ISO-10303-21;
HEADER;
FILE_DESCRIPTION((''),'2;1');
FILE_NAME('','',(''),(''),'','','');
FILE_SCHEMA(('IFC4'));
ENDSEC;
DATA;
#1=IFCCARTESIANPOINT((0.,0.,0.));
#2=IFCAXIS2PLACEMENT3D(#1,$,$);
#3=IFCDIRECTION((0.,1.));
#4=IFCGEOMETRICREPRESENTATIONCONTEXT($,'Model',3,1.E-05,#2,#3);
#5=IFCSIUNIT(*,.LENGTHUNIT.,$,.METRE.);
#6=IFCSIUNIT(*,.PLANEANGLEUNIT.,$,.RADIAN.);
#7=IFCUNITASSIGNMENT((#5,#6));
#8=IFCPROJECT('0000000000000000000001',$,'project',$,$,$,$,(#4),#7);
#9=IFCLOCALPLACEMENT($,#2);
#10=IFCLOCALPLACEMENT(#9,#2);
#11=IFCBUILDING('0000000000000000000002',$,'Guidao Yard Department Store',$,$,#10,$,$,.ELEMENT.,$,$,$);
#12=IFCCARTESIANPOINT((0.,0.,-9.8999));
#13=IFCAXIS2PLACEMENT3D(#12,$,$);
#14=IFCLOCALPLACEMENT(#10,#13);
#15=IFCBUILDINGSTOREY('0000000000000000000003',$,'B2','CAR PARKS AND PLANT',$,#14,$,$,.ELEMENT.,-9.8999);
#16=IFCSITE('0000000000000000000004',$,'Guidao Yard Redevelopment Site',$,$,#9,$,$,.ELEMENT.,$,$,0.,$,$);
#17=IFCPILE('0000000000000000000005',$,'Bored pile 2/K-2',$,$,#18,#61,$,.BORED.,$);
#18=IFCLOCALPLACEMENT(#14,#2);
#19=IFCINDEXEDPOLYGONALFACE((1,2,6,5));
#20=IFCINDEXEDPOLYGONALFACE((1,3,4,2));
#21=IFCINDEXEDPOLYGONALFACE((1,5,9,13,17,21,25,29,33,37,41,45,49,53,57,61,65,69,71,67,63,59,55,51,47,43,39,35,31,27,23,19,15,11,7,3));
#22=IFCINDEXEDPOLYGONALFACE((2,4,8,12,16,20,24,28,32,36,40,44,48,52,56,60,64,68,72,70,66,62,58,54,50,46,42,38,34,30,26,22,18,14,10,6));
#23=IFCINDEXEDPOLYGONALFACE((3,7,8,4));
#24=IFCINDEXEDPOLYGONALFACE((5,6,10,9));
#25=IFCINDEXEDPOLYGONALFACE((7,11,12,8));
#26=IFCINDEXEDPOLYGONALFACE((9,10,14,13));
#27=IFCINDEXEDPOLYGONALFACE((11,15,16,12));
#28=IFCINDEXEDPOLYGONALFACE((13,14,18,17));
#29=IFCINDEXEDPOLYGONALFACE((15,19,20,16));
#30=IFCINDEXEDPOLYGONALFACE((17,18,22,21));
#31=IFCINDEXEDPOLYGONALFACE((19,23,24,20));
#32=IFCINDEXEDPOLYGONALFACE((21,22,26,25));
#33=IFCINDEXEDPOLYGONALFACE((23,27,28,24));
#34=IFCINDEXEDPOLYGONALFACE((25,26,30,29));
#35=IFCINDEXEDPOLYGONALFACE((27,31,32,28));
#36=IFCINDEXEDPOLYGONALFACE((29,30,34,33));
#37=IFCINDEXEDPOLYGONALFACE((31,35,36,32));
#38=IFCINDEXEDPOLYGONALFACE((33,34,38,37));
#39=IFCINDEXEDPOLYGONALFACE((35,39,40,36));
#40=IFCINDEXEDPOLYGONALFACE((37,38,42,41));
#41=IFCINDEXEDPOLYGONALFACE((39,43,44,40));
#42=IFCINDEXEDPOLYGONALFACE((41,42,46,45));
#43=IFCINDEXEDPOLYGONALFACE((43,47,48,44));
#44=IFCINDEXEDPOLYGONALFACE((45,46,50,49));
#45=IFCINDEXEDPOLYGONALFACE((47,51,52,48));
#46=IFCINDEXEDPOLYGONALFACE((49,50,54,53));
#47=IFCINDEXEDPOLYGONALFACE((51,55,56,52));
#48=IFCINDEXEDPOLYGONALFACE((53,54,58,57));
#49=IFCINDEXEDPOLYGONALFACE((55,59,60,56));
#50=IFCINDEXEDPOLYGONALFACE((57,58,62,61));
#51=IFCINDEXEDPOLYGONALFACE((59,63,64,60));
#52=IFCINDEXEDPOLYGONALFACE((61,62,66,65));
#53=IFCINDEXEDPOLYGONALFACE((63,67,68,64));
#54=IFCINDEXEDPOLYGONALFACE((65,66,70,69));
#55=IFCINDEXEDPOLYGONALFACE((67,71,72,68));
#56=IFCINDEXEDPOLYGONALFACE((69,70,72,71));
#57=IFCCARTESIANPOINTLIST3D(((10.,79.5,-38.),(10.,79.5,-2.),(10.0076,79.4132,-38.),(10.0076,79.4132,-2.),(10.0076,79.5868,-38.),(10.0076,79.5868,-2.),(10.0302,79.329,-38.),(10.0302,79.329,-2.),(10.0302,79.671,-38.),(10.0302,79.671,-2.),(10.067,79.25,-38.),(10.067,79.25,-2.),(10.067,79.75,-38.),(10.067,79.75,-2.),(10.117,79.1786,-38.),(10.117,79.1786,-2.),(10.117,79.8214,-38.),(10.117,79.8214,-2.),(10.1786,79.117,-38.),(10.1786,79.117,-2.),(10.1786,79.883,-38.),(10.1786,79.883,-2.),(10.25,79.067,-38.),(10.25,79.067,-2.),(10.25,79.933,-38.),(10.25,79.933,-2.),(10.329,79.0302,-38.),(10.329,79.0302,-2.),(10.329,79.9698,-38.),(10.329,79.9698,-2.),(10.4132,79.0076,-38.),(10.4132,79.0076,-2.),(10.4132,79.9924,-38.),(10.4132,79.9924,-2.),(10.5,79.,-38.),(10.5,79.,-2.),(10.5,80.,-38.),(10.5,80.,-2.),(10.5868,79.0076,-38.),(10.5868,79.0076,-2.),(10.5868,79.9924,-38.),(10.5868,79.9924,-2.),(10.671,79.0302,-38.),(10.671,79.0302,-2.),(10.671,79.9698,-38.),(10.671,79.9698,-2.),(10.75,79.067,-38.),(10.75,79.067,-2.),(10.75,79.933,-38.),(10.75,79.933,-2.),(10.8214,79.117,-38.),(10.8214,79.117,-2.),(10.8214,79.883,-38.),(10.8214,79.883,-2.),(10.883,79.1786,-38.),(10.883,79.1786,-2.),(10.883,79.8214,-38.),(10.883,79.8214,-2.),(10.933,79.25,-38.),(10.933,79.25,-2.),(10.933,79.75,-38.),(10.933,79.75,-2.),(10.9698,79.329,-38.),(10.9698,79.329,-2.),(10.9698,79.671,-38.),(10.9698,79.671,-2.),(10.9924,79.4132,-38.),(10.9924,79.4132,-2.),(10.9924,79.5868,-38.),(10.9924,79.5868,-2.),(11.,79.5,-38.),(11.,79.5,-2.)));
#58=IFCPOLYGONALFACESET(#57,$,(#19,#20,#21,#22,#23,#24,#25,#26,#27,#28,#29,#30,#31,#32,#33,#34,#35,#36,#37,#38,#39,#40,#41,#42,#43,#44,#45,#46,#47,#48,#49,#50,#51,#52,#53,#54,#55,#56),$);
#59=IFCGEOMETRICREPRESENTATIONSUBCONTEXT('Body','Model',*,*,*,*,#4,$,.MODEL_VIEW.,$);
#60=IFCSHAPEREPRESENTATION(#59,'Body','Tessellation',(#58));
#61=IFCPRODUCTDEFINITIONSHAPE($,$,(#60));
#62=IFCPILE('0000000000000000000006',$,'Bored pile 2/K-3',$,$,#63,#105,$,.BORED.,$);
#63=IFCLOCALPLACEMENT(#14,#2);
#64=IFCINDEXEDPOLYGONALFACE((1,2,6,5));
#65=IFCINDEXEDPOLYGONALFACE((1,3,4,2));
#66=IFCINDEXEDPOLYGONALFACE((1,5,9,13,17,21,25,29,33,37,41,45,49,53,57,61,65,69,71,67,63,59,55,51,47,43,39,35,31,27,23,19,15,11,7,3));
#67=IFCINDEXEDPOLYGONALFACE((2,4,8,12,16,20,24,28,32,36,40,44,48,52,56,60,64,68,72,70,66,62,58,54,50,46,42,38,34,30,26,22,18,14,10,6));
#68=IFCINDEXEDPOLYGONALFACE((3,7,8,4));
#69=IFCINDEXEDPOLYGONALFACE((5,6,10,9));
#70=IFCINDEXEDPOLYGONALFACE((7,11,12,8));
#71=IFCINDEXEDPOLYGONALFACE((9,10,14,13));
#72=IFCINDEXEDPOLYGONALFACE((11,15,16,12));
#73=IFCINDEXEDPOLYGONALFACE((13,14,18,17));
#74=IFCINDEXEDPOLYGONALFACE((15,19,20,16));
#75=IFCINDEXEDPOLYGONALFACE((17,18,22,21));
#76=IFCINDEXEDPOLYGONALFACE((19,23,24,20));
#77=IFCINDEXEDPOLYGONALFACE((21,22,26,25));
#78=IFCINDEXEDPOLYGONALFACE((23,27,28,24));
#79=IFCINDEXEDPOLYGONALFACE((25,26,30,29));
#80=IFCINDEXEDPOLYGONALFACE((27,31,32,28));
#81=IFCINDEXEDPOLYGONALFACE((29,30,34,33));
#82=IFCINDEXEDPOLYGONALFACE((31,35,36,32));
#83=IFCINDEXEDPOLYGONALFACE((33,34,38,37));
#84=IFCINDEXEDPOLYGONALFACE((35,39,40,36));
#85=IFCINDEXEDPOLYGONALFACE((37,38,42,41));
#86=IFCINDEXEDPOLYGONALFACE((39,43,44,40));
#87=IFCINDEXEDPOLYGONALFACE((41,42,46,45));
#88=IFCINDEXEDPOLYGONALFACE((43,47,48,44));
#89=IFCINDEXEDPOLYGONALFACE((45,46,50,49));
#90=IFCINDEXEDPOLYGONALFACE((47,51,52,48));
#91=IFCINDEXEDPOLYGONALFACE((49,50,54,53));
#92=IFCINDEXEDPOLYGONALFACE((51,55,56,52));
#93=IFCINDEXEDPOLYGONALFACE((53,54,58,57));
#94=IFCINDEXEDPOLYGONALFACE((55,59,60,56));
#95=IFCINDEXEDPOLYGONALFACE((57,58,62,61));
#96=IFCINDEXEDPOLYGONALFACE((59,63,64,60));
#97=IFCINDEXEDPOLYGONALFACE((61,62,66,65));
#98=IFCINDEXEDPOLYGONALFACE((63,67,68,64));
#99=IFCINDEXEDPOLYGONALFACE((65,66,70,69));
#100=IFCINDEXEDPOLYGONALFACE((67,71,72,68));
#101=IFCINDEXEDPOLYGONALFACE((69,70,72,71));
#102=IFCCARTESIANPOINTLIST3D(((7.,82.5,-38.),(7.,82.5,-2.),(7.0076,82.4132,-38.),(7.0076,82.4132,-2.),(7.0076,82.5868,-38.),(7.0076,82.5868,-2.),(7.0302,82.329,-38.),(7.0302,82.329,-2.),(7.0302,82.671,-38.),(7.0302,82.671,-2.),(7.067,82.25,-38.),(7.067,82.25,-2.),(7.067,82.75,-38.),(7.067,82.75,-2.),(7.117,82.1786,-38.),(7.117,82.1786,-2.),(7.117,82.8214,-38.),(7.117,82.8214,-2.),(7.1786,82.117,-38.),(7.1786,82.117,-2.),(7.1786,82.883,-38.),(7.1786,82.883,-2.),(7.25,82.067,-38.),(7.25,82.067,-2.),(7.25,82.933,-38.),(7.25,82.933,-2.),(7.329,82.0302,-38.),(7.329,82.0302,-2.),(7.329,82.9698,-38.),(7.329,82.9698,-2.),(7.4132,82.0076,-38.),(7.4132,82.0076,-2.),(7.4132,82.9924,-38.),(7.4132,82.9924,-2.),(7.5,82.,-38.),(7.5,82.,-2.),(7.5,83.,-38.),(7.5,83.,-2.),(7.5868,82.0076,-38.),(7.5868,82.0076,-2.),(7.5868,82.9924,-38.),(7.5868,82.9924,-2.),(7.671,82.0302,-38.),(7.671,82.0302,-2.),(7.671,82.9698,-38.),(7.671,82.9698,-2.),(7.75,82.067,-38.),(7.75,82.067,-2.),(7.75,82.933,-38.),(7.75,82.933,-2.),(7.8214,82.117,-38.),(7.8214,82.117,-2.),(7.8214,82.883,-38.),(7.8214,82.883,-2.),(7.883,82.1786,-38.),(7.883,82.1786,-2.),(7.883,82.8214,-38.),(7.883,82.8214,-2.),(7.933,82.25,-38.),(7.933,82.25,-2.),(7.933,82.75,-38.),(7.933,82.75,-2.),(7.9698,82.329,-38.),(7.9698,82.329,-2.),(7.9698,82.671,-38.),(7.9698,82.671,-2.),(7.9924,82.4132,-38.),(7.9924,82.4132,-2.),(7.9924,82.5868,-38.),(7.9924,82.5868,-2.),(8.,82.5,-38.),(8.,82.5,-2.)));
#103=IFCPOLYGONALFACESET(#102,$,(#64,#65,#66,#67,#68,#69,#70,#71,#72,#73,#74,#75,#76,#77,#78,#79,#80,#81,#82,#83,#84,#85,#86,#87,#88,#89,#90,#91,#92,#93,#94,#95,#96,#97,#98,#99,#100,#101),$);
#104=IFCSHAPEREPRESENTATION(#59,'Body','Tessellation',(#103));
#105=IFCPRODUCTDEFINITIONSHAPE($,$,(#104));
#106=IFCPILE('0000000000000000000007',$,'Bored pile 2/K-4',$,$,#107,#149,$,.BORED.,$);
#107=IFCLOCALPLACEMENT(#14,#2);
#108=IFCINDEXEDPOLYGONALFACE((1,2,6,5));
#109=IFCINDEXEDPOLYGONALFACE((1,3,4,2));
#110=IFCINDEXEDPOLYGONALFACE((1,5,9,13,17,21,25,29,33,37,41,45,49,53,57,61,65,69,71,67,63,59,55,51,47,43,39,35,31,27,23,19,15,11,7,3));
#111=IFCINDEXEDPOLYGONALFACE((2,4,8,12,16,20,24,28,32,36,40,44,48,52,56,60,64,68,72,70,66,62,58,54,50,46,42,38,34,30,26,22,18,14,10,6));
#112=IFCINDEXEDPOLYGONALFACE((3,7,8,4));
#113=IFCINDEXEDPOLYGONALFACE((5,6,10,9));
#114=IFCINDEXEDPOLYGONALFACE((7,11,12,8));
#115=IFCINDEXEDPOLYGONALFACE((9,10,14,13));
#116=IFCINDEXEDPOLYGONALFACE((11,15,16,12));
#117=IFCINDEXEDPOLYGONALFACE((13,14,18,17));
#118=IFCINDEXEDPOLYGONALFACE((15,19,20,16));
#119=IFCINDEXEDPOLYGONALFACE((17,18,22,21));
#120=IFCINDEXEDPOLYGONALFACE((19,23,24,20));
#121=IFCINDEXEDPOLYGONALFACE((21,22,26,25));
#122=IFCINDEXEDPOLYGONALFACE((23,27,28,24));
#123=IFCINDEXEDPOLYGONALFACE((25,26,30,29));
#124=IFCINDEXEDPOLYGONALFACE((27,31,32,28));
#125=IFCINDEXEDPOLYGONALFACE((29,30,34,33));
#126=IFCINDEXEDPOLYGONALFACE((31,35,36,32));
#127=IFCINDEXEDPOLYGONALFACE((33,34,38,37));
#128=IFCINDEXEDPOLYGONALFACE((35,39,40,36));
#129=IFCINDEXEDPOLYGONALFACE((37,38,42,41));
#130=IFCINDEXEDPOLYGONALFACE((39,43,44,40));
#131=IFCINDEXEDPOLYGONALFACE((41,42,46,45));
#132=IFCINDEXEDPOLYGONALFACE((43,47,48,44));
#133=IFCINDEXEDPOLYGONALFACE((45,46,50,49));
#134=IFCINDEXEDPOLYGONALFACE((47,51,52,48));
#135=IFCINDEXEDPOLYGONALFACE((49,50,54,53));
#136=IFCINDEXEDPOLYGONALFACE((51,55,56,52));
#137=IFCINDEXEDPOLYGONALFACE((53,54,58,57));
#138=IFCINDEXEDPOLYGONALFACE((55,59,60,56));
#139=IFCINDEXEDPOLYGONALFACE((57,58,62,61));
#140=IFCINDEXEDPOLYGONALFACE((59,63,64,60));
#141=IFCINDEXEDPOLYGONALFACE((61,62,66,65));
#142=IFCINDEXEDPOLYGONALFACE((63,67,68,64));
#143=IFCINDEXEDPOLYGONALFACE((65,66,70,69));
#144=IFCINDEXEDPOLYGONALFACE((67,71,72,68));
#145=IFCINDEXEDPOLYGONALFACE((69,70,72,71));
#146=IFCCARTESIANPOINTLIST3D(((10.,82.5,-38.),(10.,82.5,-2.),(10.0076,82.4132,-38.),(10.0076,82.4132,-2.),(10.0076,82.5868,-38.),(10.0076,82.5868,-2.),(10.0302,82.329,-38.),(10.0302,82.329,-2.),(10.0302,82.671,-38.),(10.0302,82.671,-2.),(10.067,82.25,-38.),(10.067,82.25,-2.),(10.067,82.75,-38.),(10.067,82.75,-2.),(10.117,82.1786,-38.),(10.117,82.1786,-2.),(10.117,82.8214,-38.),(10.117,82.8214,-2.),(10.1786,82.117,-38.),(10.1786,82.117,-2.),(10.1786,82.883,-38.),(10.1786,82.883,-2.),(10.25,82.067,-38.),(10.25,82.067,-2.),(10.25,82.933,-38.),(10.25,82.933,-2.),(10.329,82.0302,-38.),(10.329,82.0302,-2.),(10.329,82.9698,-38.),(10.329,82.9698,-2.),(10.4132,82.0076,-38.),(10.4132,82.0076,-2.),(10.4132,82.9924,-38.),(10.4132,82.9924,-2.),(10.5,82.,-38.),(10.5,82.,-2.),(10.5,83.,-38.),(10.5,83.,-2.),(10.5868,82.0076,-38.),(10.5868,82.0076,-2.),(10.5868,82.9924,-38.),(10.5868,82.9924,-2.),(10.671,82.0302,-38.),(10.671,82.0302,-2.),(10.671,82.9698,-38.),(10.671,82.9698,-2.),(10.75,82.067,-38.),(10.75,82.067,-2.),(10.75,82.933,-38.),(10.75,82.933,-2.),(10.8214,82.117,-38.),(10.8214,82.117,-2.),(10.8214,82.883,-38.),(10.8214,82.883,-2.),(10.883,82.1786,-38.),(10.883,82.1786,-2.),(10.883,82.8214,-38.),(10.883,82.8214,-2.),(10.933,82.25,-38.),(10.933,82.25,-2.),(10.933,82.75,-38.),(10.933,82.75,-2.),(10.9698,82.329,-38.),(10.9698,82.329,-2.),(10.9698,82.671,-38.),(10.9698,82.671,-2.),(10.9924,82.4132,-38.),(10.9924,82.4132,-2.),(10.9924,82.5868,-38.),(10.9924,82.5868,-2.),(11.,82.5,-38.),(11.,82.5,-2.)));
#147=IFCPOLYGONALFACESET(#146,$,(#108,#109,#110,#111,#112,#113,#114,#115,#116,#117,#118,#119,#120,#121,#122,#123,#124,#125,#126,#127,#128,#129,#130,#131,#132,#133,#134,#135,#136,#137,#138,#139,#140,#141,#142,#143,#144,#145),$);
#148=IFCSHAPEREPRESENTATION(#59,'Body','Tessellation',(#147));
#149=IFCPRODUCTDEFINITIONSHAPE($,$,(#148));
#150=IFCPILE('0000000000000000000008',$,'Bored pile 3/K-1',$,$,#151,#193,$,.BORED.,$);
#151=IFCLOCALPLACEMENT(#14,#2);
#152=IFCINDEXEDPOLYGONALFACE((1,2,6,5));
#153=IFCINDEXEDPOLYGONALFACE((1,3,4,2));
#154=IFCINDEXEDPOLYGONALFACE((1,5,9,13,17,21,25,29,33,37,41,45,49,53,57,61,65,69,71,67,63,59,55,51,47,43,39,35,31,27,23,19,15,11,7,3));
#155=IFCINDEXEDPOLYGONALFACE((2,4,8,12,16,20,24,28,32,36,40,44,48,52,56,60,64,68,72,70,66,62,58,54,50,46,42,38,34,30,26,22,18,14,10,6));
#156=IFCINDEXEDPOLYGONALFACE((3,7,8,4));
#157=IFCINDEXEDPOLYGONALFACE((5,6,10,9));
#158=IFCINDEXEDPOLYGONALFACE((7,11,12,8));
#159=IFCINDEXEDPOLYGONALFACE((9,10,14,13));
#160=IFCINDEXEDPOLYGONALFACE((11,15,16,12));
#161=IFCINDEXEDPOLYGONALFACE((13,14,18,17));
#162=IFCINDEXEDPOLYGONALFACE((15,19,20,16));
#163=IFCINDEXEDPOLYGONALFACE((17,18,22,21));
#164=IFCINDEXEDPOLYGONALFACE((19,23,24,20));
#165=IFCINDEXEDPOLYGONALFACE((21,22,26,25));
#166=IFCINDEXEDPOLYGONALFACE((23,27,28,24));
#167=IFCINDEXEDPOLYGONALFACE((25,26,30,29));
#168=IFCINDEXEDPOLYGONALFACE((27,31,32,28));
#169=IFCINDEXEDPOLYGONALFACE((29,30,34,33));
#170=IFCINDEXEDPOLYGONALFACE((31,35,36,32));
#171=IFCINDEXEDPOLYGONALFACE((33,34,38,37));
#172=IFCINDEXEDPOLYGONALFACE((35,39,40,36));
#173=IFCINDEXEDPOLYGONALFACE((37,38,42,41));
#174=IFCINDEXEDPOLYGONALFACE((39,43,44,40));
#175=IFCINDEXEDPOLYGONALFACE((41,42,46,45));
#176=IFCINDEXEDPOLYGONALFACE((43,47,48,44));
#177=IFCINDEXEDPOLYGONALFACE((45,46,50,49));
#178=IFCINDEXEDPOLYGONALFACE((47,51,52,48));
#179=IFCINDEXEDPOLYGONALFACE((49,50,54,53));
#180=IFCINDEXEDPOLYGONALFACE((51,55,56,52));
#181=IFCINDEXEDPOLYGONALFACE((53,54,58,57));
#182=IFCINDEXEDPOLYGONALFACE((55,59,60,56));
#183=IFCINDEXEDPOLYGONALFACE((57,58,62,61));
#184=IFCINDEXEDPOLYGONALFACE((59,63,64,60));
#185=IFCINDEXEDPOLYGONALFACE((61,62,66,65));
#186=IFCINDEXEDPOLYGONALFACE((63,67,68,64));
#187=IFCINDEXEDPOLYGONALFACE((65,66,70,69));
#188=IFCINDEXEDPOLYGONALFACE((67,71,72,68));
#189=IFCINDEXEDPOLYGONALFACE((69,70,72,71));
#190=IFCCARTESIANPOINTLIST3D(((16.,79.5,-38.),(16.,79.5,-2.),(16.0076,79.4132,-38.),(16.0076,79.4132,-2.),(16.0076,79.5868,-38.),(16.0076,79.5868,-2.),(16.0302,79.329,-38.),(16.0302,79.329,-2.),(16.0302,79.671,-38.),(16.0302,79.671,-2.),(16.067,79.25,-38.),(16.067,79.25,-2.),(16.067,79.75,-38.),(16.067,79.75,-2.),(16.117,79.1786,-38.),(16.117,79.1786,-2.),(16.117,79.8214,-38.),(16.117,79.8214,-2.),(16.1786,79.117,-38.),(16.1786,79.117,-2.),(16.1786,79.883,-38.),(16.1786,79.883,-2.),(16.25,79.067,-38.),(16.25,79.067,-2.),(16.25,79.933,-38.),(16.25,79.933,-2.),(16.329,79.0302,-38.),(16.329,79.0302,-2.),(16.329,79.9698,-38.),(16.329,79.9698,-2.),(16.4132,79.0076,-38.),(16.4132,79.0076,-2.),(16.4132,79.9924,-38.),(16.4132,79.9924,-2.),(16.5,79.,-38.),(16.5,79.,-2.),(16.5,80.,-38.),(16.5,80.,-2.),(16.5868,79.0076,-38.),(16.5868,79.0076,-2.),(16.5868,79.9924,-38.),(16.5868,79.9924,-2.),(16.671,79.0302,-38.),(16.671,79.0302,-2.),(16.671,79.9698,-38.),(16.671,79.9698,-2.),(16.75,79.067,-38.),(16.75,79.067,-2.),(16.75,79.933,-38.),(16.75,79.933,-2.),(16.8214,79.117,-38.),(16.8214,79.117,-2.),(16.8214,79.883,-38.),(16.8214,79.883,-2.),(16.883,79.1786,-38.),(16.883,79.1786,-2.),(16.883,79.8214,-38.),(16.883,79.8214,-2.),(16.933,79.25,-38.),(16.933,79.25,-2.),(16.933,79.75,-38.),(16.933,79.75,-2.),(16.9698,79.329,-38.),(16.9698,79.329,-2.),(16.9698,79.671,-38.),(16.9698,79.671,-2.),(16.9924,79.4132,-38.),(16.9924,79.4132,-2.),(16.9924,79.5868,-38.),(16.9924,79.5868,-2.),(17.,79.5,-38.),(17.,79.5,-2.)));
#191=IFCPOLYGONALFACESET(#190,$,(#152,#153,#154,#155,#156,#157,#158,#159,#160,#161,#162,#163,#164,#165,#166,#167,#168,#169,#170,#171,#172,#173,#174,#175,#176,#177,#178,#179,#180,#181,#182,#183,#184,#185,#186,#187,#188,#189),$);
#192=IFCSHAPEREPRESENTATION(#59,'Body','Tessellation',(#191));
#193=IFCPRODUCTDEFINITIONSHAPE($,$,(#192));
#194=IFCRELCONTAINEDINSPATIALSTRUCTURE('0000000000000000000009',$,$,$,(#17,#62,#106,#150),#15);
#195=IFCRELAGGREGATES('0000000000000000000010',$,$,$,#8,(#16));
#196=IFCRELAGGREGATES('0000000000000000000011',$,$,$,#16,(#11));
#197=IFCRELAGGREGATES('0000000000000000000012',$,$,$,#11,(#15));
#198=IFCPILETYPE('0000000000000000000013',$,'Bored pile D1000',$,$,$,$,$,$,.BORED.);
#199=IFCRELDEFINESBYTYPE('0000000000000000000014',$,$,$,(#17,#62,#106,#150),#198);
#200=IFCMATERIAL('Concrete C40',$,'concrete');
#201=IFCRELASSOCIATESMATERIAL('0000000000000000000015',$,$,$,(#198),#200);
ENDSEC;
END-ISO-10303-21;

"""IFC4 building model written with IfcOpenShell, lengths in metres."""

from ifc_helpers import new_model, si_unit, direction, frame, origin, origin_2d, place, context, subcontext, project, spatial, circle, extrude, material, material_profile, profile_set, type_object, element, save


model = new_model("IFC4")

# Units and contexts
model_context = context("Model", 3, precision=1e-05, world=origin(), true_north=direction((0.0, 1.0)))
body_context = subcontext(model_context, "Body", "Model", "MODEL_VIEW")
ifc_project = project(units=[si_unit("LENGTHUNIT", "METRE"), si_unit("PLANEANGLEUNIT", "RADIAN")], contexts=[model_context])

# Site, building, storey
site_placement = place(None, origin())
site = spatial("IfcSite", under=ifc_project, at=site_placement, Name="Guidao Yard Redevelopment Site", CompositionType="ELEMENT", RefElevation=0.0)
building_placement = place(site_placement, origin())
building = spatial("IfcBuilding", under=site, at=building_placement, Name="Guidao Yard Department Store", CompositionType="ELEMENT")
storey_placement = place(building_placement, frame((0.0, 0.0, -9.8999)))
storey = spatial("IfcBuildingStorey", under=building, at=storey_placement, Name="B2", Description="CAR PARKS AND PLANT", CompositionType="ELEMENT", Elevation=-9.8999)

# Piles
ifc_material_1 = material(Name="Concrete C40", Category="concrete")
ifc_material_profile_1 = material_profile(ifc_material_1, circle(Radius=0.5, at=origin_2d()), Name="Bored pile D1000")
ifc_profile_set_1 = profile_set([ifc_material_profile_1], Name="Concrete C40")
pile_type = type_object("IfcPileType", Name="Bored pile D1000", PredefinedType="BORED", material=ifc_profile_set_1)
for number, where, z_axis, x_axis, name in (
    (1, (10.5, 79.5, -2.0), (0.0, 0.0, -1.0), (1.0, 0.0, 0.0), "Bored pile 2/K-2"),
    (2, (7.5, 82.5, -2.0), (0.0, 0.0, -1.0), (1.0, 0.0, 0.0), "Bored pile 2/K-3"),
    (3, (10.5, 82.5, -2.0), (0.0, 0.0, -1.0), (1.0, 0.0, 0.0), "Bored pile 2/K-4"),
    (4, (16.5, 79.5, -2.0), (0.0, 0.0, -1.0), (1.0, 0.0, 0.0), "Bored pile 3/K-1"),
):
    element("IfcPile", number, at=place(storey_placement, frame(where, z_axis=z_axis, x_axis=x_axis)), inside=storey, type_object=pile_type, Name=name, PredefinedType="BORED", context=body_context, shape_type="SweptSolid", body=[
        extrude(circle(Radius=0.5, at=origin_2d()), origin(), (0.0, 0.0, 1.0), 36.0),
    ])

save(model, "model.ifc")
